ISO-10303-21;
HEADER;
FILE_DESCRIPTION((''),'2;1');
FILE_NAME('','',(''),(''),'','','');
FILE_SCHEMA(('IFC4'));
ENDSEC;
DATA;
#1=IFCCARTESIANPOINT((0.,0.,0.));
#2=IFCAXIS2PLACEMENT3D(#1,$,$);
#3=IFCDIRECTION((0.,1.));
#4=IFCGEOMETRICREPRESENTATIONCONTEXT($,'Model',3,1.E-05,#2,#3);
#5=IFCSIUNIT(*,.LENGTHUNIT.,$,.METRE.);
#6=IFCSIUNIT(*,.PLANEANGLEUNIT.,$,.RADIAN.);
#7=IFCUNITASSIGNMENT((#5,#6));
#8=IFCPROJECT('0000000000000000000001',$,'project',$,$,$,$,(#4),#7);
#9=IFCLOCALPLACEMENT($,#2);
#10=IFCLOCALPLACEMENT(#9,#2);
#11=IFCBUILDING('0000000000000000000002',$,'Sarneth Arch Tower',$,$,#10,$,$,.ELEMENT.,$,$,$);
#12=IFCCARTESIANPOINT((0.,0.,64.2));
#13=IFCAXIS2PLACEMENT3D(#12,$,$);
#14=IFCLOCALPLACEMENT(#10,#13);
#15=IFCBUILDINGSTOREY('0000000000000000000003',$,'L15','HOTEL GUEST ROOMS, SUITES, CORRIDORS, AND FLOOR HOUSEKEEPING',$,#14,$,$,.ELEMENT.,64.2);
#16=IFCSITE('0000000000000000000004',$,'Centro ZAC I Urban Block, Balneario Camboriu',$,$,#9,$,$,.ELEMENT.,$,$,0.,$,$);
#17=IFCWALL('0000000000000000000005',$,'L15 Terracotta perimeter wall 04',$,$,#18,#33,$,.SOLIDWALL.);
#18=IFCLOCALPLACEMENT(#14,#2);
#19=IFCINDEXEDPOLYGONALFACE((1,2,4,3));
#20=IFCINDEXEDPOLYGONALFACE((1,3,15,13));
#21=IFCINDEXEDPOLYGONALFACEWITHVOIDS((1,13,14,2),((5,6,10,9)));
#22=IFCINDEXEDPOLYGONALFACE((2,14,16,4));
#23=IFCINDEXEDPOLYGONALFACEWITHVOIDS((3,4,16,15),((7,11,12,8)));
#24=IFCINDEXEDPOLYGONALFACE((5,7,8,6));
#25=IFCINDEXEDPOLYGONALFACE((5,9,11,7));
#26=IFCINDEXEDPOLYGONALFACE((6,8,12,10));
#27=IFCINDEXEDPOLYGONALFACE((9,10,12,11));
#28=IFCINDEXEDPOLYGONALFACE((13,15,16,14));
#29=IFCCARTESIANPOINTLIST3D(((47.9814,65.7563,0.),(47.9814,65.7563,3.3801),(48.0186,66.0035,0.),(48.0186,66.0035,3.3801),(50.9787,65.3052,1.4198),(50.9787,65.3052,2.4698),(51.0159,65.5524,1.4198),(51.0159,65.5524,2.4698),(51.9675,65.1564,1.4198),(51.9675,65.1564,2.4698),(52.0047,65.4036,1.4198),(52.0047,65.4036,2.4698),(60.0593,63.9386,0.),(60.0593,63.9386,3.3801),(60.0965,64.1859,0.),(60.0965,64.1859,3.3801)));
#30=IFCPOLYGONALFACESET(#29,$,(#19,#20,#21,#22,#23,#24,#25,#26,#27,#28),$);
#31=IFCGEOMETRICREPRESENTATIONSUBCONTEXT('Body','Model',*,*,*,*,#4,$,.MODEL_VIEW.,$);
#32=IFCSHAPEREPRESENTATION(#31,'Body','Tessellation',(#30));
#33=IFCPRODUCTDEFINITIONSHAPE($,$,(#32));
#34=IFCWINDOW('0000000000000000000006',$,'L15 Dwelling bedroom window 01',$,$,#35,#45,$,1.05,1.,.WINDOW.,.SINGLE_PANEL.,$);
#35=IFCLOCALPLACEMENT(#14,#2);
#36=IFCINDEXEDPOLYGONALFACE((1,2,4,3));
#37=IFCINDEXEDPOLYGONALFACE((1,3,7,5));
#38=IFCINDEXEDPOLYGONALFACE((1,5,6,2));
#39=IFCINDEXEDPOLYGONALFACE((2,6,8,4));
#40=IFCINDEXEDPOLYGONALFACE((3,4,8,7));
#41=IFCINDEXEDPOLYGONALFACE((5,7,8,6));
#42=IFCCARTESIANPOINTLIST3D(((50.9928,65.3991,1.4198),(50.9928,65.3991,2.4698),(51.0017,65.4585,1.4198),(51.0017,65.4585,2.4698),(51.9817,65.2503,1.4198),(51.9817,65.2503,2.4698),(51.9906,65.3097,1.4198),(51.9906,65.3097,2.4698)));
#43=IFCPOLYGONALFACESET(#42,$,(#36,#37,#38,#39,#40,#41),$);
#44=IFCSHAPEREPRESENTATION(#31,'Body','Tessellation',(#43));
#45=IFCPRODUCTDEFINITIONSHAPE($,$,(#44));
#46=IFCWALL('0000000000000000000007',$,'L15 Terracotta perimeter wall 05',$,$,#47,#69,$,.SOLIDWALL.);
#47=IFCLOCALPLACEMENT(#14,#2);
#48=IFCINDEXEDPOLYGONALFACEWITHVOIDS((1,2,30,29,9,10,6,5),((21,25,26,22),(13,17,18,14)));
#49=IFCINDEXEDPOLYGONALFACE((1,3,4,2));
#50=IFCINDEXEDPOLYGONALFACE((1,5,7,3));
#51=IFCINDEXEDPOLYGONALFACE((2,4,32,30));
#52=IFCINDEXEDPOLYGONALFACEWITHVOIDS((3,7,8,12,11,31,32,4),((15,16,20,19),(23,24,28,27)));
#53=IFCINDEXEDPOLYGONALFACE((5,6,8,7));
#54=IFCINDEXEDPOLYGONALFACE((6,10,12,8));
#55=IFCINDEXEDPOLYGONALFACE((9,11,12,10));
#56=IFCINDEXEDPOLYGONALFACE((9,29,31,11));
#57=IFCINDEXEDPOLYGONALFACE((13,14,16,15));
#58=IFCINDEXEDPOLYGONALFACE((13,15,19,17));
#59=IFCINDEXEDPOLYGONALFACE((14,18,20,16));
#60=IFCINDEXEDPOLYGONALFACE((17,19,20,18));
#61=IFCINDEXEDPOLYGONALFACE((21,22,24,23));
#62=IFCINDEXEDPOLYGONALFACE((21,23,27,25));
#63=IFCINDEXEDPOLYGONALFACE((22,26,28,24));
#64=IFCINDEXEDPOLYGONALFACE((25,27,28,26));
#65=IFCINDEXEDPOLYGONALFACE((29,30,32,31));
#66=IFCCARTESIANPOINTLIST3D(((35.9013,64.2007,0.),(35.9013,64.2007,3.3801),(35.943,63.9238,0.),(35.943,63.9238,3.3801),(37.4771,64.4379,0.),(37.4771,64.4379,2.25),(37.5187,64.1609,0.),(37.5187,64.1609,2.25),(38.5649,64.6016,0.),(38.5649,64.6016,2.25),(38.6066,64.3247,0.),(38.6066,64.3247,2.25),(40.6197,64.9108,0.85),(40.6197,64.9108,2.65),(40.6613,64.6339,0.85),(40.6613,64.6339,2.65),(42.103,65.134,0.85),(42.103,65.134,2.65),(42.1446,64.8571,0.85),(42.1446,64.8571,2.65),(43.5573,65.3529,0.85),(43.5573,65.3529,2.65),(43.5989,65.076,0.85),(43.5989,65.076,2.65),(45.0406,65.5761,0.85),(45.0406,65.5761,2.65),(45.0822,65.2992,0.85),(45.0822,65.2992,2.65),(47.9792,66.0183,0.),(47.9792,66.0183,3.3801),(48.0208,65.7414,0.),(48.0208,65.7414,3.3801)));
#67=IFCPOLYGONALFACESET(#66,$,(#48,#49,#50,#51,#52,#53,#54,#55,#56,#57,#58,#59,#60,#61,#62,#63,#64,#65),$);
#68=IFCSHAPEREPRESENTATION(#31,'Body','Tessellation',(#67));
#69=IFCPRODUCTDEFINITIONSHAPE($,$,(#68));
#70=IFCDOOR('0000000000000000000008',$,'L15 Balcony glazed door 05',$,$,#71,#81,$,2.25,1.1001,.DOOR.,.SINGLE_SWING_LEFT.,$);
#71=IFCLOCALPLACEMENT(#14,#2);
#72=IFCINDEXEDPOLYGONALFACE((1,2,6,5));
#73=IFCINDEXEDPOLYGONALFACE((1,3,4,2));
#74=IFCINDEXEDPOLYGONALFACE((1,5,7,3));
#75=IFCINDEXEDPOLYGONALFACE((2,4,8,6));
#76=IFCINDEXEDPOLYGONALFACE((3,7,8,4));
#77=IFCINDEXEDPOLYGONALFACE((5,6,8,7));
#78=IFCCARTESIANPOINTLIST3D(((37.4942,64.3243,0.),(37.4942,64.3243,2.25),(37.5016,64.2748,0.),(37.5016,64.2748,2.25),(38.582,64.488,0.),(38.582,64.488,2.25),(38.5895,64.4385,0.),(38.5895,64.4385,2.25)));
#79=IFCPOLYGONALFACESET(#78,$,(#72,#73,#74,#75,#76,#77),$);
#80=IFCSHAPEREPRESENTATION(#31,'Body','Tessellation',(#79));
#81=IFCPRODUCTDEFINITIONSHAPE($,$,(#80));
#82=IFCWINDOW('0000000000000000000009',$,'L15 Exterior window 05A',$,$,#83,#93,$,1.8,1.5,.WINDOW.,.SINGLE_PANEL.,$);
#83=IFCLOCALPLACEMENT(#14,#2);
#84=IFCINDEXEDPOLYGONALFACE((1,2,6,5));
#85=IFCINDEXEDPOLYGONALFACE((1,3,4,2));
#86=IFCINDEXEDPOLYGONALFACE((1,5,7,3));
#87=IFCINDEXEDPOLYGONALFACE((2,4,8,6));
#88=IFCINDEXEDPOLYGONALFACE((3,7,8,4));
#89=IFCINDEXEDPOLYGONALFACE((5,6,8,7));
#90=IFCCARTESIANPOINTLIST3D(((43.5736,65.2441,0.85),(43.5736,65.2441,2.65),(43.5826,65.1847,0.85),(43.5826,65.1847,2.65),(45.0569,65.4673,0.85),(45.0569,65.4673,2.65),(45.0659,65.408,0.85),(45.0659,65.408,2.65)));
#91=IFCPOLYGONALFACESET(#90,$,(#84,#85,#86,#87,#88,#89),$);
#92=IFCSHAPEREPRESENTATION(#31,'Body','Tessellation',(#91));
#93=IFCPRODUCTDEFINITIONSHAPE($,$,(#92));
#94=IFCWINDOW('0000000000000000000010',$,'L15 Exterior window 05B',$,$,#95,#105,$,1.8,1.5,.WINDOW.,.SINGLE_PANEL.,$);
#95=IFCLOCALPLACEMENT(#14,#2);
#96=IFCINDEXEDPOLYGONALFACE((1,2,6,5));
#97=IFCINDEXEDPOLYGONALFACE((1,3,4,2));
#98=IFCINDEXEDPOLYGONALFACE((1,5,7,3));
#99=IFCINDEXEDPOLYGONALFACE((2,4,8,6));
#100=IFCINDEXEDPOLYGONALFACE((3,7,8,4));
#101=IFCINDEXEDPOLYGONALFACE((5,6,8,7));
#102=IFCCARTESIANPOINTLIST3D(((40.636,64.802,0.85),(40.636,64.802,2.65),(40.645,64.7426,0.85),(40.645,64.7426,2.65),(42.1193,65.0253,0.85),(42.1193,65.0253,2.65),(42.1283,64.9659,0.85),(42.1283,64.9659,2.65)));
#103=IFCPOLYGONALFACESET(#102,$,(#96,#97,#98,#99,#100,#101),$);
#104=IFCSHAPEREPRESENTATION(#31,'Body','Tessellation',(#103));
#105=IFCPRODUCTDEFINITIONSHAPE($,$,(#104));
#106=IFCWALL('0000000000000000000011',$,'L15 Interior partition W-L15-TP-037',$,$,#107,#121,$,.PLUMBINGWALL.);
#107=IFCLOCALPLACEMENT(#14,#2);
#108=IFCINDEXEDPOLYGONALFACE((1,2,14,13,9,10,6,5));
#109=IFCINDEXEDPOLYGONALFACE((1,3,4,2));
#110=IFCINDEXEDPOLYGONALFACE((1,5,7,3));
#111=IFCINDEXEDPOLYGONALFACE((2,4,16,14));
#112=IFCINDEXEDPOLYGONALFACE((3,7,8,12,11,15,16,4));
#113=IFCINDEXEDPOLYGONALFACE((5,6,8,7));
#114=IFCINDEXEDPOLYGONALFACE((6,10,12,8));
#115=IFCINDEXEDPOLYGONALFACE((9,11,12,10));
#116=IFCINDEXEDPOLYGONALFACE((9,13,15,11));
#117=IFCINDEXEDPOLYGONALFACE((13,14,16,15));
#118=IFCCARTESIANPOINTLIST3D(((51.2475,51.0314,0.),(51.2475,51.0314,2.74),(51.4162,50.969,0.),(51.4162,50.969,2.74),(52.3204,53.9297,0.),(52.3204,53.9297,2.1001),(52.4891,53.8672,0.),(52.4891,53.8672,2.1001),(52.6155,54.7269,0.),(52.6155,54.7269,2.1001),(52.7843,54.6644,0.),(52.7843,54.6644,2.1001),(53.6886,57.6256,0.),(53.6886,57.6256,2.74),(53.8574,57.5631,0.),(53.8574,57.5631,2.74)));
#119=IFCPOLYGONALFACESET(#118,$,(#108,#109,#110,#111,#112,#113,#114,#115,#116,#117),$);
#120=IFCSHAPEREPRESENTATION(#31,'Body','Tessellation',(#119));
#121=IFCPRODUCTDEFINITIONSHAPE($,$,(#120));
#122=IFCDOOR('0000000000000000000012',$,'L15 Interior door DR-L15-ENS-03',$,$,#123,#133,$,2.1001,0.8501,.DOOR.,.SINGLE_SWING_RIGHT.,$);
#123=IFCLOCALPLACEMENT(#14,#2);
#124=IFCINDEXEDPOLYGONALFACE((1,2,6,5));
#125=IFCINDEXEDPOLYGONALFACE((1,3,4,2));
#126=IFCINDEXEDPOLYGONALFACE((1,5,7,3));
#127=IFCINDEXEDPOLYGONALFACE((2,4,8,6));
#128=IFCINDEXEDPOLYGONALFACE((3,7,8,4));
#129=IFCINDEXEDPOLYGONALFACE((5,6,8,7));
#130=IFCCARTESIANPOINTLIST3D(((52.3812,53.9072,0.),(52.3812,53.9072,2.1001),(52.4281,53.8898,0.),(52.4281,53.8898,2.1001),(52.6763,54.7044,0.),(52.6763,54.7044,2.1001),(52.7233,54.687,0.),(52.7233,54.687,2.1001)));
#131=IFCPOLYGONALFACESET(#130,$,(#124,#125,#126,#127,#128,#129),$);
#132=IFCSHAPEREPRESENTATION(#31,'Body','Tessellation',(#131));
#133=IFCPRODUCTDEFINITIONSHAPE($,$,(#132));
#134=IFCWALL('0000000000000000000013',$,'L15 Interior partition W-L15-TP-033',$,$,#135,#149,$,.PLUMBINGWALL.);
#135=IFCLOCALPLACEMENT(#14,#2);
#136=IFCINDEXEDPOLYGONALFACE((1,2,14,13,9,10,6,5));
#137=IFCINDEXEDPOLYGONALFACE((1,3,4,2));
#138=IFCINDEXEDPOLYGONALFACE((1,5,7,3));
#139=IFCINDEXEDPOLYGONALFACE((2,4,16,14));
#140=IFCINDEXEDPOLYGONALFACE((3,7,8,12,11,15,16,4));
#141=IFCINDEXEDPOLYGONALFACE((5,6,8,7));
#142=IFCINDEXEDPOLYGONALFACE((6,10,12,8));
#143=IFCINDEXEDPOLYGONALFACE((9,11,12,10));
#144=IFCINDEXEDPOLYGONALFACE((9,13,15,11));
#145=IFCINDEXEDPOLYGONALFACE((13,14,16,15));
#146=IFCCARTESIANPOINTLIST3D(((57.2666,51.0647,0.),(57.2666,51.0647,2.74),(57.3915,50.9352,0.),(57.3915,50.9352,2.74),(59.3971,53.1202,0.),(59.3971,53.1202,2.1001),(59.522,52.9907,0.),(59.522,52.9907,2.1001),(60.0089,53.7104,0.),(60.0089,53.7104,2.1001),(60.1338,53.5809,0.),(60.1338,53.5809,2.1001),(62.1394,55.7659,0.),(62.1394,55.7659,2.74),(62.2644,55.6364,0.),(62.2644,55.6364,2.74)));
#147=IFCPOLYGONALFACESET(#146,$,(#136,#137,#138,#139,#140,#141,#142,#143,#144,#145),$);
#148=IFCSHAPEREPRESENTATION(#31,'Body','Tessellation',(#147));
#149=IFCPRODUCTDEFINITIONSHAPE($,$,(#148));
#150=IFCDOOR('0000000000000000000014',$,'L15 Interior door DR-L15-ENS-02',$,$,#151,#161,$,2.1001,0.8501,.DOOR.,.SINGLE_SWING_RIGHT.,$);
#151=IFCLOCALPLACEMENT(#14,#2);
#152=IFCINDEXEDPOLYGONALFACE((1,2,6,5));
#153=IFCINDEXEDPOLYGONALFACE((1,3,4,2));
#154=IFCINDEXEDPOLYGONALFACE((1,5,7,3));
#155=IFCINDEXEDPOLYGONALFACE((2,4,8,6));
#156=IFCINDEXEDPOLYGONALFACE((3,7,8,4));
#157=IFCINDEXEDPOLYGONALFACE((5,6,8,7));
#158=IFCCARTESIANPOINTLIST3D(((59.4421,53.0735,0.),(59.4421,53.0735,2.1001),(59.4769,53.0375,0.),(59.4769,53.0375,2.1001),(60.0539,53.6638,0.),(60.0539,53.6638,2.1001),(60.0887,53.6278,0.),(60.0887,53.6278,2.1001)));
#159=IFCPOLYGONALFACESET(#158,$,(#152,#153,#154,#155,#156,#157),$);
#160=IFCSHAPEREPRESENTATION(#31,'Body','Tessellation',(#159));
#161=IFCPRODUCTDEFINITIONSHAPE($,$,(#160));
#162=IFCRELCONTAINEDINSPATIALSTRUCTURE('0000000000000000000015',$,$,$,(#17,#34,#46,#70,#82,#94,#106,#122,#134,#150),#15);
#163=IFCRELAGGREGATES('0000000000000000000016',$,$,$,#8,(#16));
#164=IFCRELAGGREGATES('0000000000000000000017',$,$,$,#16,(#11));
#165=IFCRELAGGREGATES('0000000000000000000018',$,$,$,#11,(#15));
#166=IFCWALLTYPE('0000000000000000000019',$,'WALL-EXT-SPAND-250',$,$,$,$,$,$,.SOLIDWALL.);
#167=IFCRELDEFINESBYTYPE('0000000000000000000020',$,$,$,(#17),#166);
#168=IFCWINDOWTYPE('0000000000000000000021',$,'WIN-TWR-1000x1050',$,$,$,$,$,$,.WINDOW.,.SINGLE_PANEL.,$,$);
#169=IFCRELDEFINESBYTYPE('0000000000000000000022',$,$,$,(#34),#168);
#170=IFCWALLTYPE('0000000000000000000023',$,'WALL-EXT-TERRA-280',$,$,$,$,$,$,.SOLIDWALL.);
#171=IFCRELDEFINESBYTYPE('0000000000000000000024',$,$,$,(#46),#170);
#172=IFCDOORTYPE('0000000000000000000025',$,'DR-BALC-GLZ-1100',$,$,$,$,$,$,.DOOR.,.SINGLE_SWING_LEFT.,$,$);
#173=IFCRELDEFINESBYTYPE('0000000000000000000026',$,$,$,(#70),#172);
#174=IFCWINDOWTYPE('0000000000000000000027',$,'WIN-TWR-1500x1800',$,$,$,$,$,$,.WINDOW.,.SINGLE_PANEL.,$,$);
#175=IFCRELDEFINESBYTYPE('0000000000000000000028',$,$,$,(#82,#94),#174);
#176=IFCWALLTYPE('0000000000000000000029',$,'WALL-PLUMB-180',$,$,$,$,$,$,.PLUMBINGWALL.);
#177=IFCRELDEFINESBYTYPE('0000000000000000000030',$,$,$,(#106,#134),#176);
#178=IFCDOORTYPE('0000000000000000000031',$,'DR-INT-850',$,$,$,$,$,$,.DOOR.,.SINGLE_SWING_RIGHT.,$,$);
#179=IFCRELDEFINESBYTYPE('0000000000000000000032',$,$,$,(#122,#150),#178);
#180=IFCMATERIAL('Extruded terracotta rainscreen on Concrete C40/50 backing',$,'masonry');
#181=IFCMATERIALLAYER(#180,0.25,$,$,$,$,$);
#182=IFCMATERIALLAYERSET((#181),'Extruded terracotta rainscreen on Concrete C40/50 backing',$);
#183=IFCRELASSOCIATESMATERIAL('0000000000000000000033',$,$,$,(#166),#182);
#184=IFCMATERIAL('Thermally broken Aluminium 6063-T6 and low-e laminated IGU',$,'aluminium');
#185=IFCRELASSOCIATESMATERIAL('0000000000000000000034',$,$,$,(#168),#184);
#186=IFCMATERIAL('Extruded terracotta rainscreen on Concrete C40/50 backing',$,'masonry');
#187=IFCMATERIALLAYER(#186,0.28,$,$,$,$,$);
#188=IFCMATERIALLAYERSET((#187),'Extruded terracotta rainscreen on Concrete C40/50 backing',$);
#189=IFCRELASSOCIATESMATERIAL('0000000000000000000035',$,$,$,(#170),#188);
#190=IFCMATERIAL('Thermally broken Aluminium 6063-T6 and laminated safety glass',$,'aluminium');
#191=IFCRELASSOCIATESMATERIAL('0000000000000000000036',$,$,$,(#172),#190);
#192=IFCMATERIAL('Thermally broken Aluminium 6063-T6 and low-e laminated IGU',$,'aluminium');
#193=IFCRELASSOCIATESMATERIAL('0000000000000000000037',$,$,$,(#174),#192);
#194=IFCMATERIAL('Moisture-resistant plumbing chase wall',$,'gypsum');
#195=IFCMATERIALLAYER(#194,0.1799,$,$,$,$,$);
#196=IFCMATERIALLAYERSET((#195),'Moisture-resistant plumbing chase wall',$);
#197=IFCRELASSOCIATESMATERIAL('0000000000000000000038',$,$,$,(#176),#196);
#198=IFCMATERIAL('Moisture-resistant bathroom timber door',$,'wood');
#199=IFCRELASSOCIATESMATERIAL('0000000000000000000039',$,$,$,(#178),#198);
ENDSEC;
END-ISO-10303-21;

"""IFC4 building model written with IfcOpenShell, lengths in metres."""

from ifc_helpers import new_model, si_unit, direction, frame, frame_2d, origin, place, context, subcontext, project, spatial, rectangle, extrude, material, layer, layer_set, type_object, element, fill, save


model = new_model("IFC4")

# Units and contexts
model_context = context("Model", 3, precision=1e-05, world=origin(), true_north=direction((0.0, 1.0)))
body_context = subcontext(model_context, "Body", "Model", "MODEL_VIEW")
ifc_project = project(units=[si_unit("LENGTHUNIT", "METRE"), si_unit("PLANEANGLEUNIT", "RADIAN")], contexts=[model_context])

# Site, building, storey
site_placement = place(None, origin())
site = spatial("IfcSite", under=ifc_project, at=site_placement, Name="Centro ZAC I Urban Block, Balneario Camboriu", CompositionType="ELEMENT", RefElevation=0.0)
building_placement = place(site_placement, origin())
building = spatial("IfcBuilding", under=site, at=building_placement, Name="Sarneth Arch Tower", CompositionType="ELEMENT")
storey_placement = place(building_placement, frame((0.0, 0.0, 64.2)))
storey = spatial("IfcBuildingStorey", under=building, at=storey_placement, Name="L15", Description="HOTEL GUEST ROOMS, SUITES, CORRIDORS, AND FLOOR HOUSEKEEPING", CompositionType="ELEMENT", Elevation=64.2)

# Wall, opening, window
ifc_material_1 = material(Name="Extruded terracotta rainscreen on Concrete C40/50 backing", Category="masonry")
ifc_layer_1 = layer(ifc_material_1, 0.25)
ifc_layer_set_1 = layer_set([ifc_layer_1], Name="Extruded terracotta rainscreen on Concrete C40/50 backing")
wall_type_1 = type_object("IfcWallType", Name="WALL-EXT-SPAND-250", PredefinedType="SOLIDWALL", material=ifc_layer_set_1)
wall_1_placement = place(storey_placement, frame((60.0779, 64.0623, 0.0), z_axis=(0.0, 0.0, 1.0), x_axis=(-0.988865, 0.148816, 0.0)))
wall_1 = element("IfcWall", 1, at=wall_1_placement, inside=storey, type_object=wall_type_1, Name="L15 Terracotta perimeter wall 04", PredefinedType="SOLIDWALL", context=body_context, shape_type="SweptSolid", body=[
    extrude(rectangle(XDim=12.2139, YDim=0.25, at=frame_2d((6.1069, 0.0))), origin(), (0.0, 0.0, 1.0), 3.3801),
])
opening_1_placement = place(wall_1_placement, frame((8.1829, 0.0, 1.4199)))
opening_1 = element("IfcOpeningElement", 2, at=opening_1_placement, cuts=wall_1, PredefinedType="OPENING", context=body_context, shape_type="SweptSolid", body=[
    extrude(rectangle(XDim=1.0, YDim=1.05, at=frame_2d((0.5, 0.5249))), frame((0.0, 0.135, 0.0), z_axis=(0.0, -1.0, 0.0), x_axis=(1.0, 0.0, 0.0)), (0.0, 0.0, 1.0), 0.27),
])
ifc_material_2 = material(Name="Thermally broken Aluminium 6063-T6 and low-e laminated IGU", Category="aluminium")
window_type_1 = type_object("IfcWindowType", Name="WIN-TWR-1000x1050", PartitioningType="SINGLE_PANEL", PredefinedType="WINDOW", material=ifc_material_2)
window_1_placement = place(opening_1_placement, origin())
window_1 = element("IfcWindow", 3, at=window_1_placement, inside=storey, type_object=window_type_1, Name="L15 Dwelling bedroom window 01", OverallHeight=1.05, OverallWidth=1.0, PartitioningType="SINGLE_PANEL", PredefinedType="WINDOW", context=body_context, shape_type="SweptSolid", body=[
    extrude(rectangle(XDim=1.0, YDim=1.05, at=frame_2d((0.5, 0.5249))), frame((0.0, 0.03, 0.0), z_axis=(0.0, -1.0, 0.0), x_axis=(1.0, 0.0, 0.0)), (0.0, 0.0, 1.0), 0.0601),
])
fill(opening_1, window_1)

# Wall, openings, door, windows
ifc_material_3 = material(Name="Extruded terracotta rainscreen on Concrete C40/50 backing", Category="masonry")
ifc_layer_2 = layer(ifc_material_3, 0.28)
ifc_layer_set_2 = layer_set([ifc_layer_2], Name="Extruded terracotta rainscreen on Concrete C40/50 backing")
wall_type_2 = type_object("IfcWallType", Name="WALL-EXT-TERRA-280", PredefinedType="SOLIDWALL", material=ifc_layer_set_2)
wall_2_placement = place(storey_placement, frame((48.0, 65.8799, 0.0), z_axis=(0.0, 0.0, 1.0), x_axis=(-0.988865, -0.148816, 0.0)))
wall_2 = element("IfcWall", 4, at=wall_2_placement, inside=storey, type_object=wall_type_2, Name="L15 Terracotta perimeter wall 05", PredefinedType="SOLIDWALL", context=body_context, shape_type="SweptSolid", body=[
    extrude(rectangle(XDim=12.2139, YDim=0.28, at=frame_2d((6.1069, 0.0))), origin(), (0.0, 0.0, 1.0), 3.3801),
])
opening_2_placement = place(wall_2_placement, frame((2.9717, 0.0, 0.8501)))
opening_2 = element("IfcOpeningElement", 5, at=opening_2_placement, cuts=wall_2, PredefinedType="OPENING", context=body_context, shape_type="SweptSolid", body=[
    extrude(rectangle(XDim=1.5, YDim=1.8, at=frame_2d((0.75, 0.8999))), frame((0.0, 0.1499, 0.0), z_axis=(0.0, -1.0, 0.0), x_axis=(1.0, 0.0, 0.0)), (0.0, 0.0, 1.0), 0.3),
])
opening_3_placement = place(wall_2_placement, frame((5.9424, 0.0, 0.8501)))
opening_3 = element("IfcOpeningElement", 6, at=opening_3_placement, cuts=wall_2, PredefinedType="OPENING", context=body_context, shape_type="SweptSolid", body=[
    extrude(rectangle(XDim=1.5, YDim=1.8, at=frame_2d((0.75, 0.8999))), frame((0.0, 0.1499, 0.0), z_axis=(0.0, -1.0, 0.0), x_axis=(1.0, 0.0, 0.0)), (0.0, 0.0, 1.0), 0.3),
])
opening_4_placement = place(wall_2_placement, frame((9.5203, 0.0, 0.0)))
opening_4 = element("IfcOpeningElement", 7, at=opening_4_placement, cuts=wall_2, PredefinedType="OPENING", context=body_context, shape_type="SweptSolid", body=[
    extrude(rectangle(XDim=1.1001, YDim=2.25, at=frame_2d((0.55, 1.125))), frame((0.0, 0.1499, 0.0), z_axis=(0.0, -1.0, 0.0), x_axis=(1.0, 0.0, 0.0)), (0.0, 0.0, 1.0), 0.3),
])
ifc_material_4 = material(Name="Thermally broken Aluminium 6063-T6 and laminated safety glass", Category="aluminium")
door_type_1 = type_object("IfcDoorType", Name="DR-BALC-GLZ-1100", OperationType="SINGLE_SWING_LEFT", PredefinedType="DOOR", material=ifc_material_4)
door_1_placement = place(opening_4_placement, origin())
door_1 = element("IfcDoor", 8, at=door_1_placement, inside=storey, type_object=door_type_1, Name="L15 Balcony glazed door 05", OperationType="SINGLE_SWING_LEFT", OverallHeight=2.25, OverallWidth=1.1001, PredefinedType="DOOR", context=body_context, shape_type="SweptSolid", body=[
    extrude(rectangle(XDim=1.1001, YDim=2.25, at=frame_2d((0.55, 1.125))), frame((0.0, 0.0249, 0.0), z_axis=(0.0, -1.0, 0.0), x_axis=(1.0, 0.0, 0.0)), (0.0, 0.0, 1.0), 0.05),
])
fill(opening_4, door_1)
ifc_material_5 = material(Name="Thermally broken Aluminium 6063-T6 and low-e laminated IGU", Category="aluminium")
window_type_2 = type_object("IfcWindowType", Name="WIN-TWR-1500x1800", PartitioningType="SINGLE_PANEL", PredefinedType="WINDOW", material=ifc_material_5)
window_2_placement = place(opening_2_placement, origin())
window_2 = element("IfcWindow", 9, at=window_2_placement, inside=storey, type_object=window_type_2, Name="L15 Exterior window 05A", OverallHeight=1.8, OverallWidth=1.5, PartitioningType="SINGLE_PANEL", PredefinedType="WINDOW", context=body_context, shape_type="SweptSolid", body=[
    extrude(rectangle(XDim=1.5, YDim=1.8, at=frame_2d((0.75, 0.8999))), frame((0.0, 0.03, 0.0), z_axis=(0.0, -1.0, 0.0), x_axis=(1.0, 0.0, 0.0)), (0.0, 0.0, 1.0), 0.0601),
])
fill(opening_2, window_2)
window_3_placement = place(opening_3_placement, origin())
window_3 = element("IfcWindow", 10, at=window_3_placement, inside=storey, type_object=window_type_2, Name="L15 Exterior window 05B", OverallHeight=1.8, OverallWidth=1.5, PartitioningType="SINGLE_PANEL", PredefinedType="WINDOW", context=body_context, shape_type="SweptSolid", body=[
    extrude(rectangle(XDim=1.5, YDim=1.8, at=frame_2d((0.75, 0.8999))), frame((0.0, 0.03, 0.0), z_axis=(0.0, -1.0, 0.0), x_axis=(1.0, 0.0, 0.0)), (0.0, 0.0, 1.0), 0.0601),
])
fill(opening_3, window_3)

# Walls, openings, doors
ifc_material_6 = material(Name="Moisture-resistant plumbing chase wall", Category="gypsum")
ifc_layer_3 = layer(ifc_material_6, 0.1799)
ifc_layer_set_3 = layer_set([ifc_layer_3], Name="Moisture-resistant plumbing chase wall")
wall_type_3 = type_object("IfcWallType", Name="WALL-PLUMB-180", PredefinedType="PLUMBINGWALL", material=ifc_layer_set_3)
wall_3_placement = place(storey_placement, frame((53.7729, 57.5942, 0.0), z_axis=(0.0, 0.0, 1.0), x_axis=(-0.347171, -0.937802, 0.0)))
wall_3 = element("IfcWall", 11, at=wall_3_placement, inside=storey, type_object=wall_type_3, Name="L15 Interior partition W-L15-TP-037", PredefinedType="PLUMBINGWALL", context=body_context, shape_type="SweptSolid", body=[
    extrude(rectangle(XDim=7.0315, YDim=0.1799, at=frame_2d((3.5156, 0.0))), origin(), (0.0, 0.0, 1.0), 2.74),
])
opening_5_placement = place(wall_3_placement, frame((3.0908, 0.0, 0.0)))
opening_5 = element("IfcOpeningElement", 12, at=opening_5_placement, cuts=wall_3, PredefinedType="OPENING", context=body_context, shape_type="SweptSolid", body=[
    extrude(rectangle(XDim=0.8501, YDim=2.1001, at=frame_2d((0.425, 1.05))), frame((0.0, 0.0999, 0.0), z_axis=(0.0, -1.0, 0.0), x_axis=(1.0, 0.0, 0.0)), (0.0, 0.0, 1.0), 0.2),
])
ifc_material_7 = material(Name="Moisture-resistant bathroom timber door", Category="wood")
door_type_2 = type_object("IfcDoorType", Name="DR-INT-850", OperationType="SINGLE_SWING_RIGHT", PredefinedType="DOOR", material=ifc_material_7)
door_2_placement = place(opening_5_placement, origin())
door_2 = element("IfcDoor", 13, at=door_2_placement, inside=storey, type_object=door_type_2, Name="L15 Interior door DR-L15-ENS-03", OperationType="SINGLE_SWING_RIGHT", OverallHeight=2.1001, OverallWidth=0.8501, PredefinedType="DOOR", context=body_context, shape_type="SweptSolid", body=[
    extrude(rectangle(XDim=0.8501, YDim=2.1001, at=frame_2d((0.425, 1.05))), frame((0.0, 0.0249, 0.0), z_axis=(0.0, -1.0, 0.0), x_axis=(1.0, 0.0, 0.0)), (0.0, 0.0, 1.0), 0.05),
])
fill(opening_5, door_2)
wall_4_placement = place(storey_placement, frame((62.2019, 55.7012, 0.0), z_axis=(0.0, 0.0, 1.0), x_axis=(-0.719667, -0.694319, 0.0)))
wall_4 = element("IfcWall", 14, at=wall_4_placement, inside=storey, type_object=wall_type_3, Name="L15 Interior partition W-L15-TP-033", PredefinedType="PLUMBINGWALL", context=body_context, shape_type="SweptSolid", body=[
    extrude(rectangle(XDim=6.771, YDim=0.1799, at=frame_2d((3.3855, 0.0))), origin(), (0.0, 0.0, 1.0), 2.74),
])
opening_6_placement = place(wall_4_placement, frame((2.9604, 0.0, 0.0)))
opening_6 = element("IfcOpeningElement", 15, at=opening_6_placement, cuts=wall_4, PredefinedType="OPENING", context=body_context, shape_type="SweptSolid", body=[
    extrude(rectangle(XDim=0.8501, YDim=2.1001, at=frame_2d((0.425, 1.05))), frame((0.0, 0.0999, 0.0), z_axis=(0.0, -1.0, 0.0), x_axis=(1.0, 0.0, 0.0)), (0.0, 0.0, 1.0), 0.2),
])
door_3_placement = place(opening_6_placement, origin())
door_3 = element("IfcDoor", 16, at=door_3_placement, inside=storey, type_object=door_type_2, Name="L15 Interior door DR-L15-ENS-02", OperationType="SINGLE_SWING_RIGHT", OverallHeight=2.1001, OverallWidth=0.8501, PredefinedType="DOOR", context=body_context, shape_type="SweptSolid", body=[
    extrude(rectangle(XDim=0.8501, YDim=2.1001, at=frame_2d((0.425, 1.05))), frame((0.0, 0.0249, 0.0), z_axis=(0.0, -1.0, 0.0), x_axis=(1.0, 0.0, 0.0)), (0.0, 0.0, 1.0), 0.05),
])
fill(opening_6, door_3)

save(model, "model.ifc")
